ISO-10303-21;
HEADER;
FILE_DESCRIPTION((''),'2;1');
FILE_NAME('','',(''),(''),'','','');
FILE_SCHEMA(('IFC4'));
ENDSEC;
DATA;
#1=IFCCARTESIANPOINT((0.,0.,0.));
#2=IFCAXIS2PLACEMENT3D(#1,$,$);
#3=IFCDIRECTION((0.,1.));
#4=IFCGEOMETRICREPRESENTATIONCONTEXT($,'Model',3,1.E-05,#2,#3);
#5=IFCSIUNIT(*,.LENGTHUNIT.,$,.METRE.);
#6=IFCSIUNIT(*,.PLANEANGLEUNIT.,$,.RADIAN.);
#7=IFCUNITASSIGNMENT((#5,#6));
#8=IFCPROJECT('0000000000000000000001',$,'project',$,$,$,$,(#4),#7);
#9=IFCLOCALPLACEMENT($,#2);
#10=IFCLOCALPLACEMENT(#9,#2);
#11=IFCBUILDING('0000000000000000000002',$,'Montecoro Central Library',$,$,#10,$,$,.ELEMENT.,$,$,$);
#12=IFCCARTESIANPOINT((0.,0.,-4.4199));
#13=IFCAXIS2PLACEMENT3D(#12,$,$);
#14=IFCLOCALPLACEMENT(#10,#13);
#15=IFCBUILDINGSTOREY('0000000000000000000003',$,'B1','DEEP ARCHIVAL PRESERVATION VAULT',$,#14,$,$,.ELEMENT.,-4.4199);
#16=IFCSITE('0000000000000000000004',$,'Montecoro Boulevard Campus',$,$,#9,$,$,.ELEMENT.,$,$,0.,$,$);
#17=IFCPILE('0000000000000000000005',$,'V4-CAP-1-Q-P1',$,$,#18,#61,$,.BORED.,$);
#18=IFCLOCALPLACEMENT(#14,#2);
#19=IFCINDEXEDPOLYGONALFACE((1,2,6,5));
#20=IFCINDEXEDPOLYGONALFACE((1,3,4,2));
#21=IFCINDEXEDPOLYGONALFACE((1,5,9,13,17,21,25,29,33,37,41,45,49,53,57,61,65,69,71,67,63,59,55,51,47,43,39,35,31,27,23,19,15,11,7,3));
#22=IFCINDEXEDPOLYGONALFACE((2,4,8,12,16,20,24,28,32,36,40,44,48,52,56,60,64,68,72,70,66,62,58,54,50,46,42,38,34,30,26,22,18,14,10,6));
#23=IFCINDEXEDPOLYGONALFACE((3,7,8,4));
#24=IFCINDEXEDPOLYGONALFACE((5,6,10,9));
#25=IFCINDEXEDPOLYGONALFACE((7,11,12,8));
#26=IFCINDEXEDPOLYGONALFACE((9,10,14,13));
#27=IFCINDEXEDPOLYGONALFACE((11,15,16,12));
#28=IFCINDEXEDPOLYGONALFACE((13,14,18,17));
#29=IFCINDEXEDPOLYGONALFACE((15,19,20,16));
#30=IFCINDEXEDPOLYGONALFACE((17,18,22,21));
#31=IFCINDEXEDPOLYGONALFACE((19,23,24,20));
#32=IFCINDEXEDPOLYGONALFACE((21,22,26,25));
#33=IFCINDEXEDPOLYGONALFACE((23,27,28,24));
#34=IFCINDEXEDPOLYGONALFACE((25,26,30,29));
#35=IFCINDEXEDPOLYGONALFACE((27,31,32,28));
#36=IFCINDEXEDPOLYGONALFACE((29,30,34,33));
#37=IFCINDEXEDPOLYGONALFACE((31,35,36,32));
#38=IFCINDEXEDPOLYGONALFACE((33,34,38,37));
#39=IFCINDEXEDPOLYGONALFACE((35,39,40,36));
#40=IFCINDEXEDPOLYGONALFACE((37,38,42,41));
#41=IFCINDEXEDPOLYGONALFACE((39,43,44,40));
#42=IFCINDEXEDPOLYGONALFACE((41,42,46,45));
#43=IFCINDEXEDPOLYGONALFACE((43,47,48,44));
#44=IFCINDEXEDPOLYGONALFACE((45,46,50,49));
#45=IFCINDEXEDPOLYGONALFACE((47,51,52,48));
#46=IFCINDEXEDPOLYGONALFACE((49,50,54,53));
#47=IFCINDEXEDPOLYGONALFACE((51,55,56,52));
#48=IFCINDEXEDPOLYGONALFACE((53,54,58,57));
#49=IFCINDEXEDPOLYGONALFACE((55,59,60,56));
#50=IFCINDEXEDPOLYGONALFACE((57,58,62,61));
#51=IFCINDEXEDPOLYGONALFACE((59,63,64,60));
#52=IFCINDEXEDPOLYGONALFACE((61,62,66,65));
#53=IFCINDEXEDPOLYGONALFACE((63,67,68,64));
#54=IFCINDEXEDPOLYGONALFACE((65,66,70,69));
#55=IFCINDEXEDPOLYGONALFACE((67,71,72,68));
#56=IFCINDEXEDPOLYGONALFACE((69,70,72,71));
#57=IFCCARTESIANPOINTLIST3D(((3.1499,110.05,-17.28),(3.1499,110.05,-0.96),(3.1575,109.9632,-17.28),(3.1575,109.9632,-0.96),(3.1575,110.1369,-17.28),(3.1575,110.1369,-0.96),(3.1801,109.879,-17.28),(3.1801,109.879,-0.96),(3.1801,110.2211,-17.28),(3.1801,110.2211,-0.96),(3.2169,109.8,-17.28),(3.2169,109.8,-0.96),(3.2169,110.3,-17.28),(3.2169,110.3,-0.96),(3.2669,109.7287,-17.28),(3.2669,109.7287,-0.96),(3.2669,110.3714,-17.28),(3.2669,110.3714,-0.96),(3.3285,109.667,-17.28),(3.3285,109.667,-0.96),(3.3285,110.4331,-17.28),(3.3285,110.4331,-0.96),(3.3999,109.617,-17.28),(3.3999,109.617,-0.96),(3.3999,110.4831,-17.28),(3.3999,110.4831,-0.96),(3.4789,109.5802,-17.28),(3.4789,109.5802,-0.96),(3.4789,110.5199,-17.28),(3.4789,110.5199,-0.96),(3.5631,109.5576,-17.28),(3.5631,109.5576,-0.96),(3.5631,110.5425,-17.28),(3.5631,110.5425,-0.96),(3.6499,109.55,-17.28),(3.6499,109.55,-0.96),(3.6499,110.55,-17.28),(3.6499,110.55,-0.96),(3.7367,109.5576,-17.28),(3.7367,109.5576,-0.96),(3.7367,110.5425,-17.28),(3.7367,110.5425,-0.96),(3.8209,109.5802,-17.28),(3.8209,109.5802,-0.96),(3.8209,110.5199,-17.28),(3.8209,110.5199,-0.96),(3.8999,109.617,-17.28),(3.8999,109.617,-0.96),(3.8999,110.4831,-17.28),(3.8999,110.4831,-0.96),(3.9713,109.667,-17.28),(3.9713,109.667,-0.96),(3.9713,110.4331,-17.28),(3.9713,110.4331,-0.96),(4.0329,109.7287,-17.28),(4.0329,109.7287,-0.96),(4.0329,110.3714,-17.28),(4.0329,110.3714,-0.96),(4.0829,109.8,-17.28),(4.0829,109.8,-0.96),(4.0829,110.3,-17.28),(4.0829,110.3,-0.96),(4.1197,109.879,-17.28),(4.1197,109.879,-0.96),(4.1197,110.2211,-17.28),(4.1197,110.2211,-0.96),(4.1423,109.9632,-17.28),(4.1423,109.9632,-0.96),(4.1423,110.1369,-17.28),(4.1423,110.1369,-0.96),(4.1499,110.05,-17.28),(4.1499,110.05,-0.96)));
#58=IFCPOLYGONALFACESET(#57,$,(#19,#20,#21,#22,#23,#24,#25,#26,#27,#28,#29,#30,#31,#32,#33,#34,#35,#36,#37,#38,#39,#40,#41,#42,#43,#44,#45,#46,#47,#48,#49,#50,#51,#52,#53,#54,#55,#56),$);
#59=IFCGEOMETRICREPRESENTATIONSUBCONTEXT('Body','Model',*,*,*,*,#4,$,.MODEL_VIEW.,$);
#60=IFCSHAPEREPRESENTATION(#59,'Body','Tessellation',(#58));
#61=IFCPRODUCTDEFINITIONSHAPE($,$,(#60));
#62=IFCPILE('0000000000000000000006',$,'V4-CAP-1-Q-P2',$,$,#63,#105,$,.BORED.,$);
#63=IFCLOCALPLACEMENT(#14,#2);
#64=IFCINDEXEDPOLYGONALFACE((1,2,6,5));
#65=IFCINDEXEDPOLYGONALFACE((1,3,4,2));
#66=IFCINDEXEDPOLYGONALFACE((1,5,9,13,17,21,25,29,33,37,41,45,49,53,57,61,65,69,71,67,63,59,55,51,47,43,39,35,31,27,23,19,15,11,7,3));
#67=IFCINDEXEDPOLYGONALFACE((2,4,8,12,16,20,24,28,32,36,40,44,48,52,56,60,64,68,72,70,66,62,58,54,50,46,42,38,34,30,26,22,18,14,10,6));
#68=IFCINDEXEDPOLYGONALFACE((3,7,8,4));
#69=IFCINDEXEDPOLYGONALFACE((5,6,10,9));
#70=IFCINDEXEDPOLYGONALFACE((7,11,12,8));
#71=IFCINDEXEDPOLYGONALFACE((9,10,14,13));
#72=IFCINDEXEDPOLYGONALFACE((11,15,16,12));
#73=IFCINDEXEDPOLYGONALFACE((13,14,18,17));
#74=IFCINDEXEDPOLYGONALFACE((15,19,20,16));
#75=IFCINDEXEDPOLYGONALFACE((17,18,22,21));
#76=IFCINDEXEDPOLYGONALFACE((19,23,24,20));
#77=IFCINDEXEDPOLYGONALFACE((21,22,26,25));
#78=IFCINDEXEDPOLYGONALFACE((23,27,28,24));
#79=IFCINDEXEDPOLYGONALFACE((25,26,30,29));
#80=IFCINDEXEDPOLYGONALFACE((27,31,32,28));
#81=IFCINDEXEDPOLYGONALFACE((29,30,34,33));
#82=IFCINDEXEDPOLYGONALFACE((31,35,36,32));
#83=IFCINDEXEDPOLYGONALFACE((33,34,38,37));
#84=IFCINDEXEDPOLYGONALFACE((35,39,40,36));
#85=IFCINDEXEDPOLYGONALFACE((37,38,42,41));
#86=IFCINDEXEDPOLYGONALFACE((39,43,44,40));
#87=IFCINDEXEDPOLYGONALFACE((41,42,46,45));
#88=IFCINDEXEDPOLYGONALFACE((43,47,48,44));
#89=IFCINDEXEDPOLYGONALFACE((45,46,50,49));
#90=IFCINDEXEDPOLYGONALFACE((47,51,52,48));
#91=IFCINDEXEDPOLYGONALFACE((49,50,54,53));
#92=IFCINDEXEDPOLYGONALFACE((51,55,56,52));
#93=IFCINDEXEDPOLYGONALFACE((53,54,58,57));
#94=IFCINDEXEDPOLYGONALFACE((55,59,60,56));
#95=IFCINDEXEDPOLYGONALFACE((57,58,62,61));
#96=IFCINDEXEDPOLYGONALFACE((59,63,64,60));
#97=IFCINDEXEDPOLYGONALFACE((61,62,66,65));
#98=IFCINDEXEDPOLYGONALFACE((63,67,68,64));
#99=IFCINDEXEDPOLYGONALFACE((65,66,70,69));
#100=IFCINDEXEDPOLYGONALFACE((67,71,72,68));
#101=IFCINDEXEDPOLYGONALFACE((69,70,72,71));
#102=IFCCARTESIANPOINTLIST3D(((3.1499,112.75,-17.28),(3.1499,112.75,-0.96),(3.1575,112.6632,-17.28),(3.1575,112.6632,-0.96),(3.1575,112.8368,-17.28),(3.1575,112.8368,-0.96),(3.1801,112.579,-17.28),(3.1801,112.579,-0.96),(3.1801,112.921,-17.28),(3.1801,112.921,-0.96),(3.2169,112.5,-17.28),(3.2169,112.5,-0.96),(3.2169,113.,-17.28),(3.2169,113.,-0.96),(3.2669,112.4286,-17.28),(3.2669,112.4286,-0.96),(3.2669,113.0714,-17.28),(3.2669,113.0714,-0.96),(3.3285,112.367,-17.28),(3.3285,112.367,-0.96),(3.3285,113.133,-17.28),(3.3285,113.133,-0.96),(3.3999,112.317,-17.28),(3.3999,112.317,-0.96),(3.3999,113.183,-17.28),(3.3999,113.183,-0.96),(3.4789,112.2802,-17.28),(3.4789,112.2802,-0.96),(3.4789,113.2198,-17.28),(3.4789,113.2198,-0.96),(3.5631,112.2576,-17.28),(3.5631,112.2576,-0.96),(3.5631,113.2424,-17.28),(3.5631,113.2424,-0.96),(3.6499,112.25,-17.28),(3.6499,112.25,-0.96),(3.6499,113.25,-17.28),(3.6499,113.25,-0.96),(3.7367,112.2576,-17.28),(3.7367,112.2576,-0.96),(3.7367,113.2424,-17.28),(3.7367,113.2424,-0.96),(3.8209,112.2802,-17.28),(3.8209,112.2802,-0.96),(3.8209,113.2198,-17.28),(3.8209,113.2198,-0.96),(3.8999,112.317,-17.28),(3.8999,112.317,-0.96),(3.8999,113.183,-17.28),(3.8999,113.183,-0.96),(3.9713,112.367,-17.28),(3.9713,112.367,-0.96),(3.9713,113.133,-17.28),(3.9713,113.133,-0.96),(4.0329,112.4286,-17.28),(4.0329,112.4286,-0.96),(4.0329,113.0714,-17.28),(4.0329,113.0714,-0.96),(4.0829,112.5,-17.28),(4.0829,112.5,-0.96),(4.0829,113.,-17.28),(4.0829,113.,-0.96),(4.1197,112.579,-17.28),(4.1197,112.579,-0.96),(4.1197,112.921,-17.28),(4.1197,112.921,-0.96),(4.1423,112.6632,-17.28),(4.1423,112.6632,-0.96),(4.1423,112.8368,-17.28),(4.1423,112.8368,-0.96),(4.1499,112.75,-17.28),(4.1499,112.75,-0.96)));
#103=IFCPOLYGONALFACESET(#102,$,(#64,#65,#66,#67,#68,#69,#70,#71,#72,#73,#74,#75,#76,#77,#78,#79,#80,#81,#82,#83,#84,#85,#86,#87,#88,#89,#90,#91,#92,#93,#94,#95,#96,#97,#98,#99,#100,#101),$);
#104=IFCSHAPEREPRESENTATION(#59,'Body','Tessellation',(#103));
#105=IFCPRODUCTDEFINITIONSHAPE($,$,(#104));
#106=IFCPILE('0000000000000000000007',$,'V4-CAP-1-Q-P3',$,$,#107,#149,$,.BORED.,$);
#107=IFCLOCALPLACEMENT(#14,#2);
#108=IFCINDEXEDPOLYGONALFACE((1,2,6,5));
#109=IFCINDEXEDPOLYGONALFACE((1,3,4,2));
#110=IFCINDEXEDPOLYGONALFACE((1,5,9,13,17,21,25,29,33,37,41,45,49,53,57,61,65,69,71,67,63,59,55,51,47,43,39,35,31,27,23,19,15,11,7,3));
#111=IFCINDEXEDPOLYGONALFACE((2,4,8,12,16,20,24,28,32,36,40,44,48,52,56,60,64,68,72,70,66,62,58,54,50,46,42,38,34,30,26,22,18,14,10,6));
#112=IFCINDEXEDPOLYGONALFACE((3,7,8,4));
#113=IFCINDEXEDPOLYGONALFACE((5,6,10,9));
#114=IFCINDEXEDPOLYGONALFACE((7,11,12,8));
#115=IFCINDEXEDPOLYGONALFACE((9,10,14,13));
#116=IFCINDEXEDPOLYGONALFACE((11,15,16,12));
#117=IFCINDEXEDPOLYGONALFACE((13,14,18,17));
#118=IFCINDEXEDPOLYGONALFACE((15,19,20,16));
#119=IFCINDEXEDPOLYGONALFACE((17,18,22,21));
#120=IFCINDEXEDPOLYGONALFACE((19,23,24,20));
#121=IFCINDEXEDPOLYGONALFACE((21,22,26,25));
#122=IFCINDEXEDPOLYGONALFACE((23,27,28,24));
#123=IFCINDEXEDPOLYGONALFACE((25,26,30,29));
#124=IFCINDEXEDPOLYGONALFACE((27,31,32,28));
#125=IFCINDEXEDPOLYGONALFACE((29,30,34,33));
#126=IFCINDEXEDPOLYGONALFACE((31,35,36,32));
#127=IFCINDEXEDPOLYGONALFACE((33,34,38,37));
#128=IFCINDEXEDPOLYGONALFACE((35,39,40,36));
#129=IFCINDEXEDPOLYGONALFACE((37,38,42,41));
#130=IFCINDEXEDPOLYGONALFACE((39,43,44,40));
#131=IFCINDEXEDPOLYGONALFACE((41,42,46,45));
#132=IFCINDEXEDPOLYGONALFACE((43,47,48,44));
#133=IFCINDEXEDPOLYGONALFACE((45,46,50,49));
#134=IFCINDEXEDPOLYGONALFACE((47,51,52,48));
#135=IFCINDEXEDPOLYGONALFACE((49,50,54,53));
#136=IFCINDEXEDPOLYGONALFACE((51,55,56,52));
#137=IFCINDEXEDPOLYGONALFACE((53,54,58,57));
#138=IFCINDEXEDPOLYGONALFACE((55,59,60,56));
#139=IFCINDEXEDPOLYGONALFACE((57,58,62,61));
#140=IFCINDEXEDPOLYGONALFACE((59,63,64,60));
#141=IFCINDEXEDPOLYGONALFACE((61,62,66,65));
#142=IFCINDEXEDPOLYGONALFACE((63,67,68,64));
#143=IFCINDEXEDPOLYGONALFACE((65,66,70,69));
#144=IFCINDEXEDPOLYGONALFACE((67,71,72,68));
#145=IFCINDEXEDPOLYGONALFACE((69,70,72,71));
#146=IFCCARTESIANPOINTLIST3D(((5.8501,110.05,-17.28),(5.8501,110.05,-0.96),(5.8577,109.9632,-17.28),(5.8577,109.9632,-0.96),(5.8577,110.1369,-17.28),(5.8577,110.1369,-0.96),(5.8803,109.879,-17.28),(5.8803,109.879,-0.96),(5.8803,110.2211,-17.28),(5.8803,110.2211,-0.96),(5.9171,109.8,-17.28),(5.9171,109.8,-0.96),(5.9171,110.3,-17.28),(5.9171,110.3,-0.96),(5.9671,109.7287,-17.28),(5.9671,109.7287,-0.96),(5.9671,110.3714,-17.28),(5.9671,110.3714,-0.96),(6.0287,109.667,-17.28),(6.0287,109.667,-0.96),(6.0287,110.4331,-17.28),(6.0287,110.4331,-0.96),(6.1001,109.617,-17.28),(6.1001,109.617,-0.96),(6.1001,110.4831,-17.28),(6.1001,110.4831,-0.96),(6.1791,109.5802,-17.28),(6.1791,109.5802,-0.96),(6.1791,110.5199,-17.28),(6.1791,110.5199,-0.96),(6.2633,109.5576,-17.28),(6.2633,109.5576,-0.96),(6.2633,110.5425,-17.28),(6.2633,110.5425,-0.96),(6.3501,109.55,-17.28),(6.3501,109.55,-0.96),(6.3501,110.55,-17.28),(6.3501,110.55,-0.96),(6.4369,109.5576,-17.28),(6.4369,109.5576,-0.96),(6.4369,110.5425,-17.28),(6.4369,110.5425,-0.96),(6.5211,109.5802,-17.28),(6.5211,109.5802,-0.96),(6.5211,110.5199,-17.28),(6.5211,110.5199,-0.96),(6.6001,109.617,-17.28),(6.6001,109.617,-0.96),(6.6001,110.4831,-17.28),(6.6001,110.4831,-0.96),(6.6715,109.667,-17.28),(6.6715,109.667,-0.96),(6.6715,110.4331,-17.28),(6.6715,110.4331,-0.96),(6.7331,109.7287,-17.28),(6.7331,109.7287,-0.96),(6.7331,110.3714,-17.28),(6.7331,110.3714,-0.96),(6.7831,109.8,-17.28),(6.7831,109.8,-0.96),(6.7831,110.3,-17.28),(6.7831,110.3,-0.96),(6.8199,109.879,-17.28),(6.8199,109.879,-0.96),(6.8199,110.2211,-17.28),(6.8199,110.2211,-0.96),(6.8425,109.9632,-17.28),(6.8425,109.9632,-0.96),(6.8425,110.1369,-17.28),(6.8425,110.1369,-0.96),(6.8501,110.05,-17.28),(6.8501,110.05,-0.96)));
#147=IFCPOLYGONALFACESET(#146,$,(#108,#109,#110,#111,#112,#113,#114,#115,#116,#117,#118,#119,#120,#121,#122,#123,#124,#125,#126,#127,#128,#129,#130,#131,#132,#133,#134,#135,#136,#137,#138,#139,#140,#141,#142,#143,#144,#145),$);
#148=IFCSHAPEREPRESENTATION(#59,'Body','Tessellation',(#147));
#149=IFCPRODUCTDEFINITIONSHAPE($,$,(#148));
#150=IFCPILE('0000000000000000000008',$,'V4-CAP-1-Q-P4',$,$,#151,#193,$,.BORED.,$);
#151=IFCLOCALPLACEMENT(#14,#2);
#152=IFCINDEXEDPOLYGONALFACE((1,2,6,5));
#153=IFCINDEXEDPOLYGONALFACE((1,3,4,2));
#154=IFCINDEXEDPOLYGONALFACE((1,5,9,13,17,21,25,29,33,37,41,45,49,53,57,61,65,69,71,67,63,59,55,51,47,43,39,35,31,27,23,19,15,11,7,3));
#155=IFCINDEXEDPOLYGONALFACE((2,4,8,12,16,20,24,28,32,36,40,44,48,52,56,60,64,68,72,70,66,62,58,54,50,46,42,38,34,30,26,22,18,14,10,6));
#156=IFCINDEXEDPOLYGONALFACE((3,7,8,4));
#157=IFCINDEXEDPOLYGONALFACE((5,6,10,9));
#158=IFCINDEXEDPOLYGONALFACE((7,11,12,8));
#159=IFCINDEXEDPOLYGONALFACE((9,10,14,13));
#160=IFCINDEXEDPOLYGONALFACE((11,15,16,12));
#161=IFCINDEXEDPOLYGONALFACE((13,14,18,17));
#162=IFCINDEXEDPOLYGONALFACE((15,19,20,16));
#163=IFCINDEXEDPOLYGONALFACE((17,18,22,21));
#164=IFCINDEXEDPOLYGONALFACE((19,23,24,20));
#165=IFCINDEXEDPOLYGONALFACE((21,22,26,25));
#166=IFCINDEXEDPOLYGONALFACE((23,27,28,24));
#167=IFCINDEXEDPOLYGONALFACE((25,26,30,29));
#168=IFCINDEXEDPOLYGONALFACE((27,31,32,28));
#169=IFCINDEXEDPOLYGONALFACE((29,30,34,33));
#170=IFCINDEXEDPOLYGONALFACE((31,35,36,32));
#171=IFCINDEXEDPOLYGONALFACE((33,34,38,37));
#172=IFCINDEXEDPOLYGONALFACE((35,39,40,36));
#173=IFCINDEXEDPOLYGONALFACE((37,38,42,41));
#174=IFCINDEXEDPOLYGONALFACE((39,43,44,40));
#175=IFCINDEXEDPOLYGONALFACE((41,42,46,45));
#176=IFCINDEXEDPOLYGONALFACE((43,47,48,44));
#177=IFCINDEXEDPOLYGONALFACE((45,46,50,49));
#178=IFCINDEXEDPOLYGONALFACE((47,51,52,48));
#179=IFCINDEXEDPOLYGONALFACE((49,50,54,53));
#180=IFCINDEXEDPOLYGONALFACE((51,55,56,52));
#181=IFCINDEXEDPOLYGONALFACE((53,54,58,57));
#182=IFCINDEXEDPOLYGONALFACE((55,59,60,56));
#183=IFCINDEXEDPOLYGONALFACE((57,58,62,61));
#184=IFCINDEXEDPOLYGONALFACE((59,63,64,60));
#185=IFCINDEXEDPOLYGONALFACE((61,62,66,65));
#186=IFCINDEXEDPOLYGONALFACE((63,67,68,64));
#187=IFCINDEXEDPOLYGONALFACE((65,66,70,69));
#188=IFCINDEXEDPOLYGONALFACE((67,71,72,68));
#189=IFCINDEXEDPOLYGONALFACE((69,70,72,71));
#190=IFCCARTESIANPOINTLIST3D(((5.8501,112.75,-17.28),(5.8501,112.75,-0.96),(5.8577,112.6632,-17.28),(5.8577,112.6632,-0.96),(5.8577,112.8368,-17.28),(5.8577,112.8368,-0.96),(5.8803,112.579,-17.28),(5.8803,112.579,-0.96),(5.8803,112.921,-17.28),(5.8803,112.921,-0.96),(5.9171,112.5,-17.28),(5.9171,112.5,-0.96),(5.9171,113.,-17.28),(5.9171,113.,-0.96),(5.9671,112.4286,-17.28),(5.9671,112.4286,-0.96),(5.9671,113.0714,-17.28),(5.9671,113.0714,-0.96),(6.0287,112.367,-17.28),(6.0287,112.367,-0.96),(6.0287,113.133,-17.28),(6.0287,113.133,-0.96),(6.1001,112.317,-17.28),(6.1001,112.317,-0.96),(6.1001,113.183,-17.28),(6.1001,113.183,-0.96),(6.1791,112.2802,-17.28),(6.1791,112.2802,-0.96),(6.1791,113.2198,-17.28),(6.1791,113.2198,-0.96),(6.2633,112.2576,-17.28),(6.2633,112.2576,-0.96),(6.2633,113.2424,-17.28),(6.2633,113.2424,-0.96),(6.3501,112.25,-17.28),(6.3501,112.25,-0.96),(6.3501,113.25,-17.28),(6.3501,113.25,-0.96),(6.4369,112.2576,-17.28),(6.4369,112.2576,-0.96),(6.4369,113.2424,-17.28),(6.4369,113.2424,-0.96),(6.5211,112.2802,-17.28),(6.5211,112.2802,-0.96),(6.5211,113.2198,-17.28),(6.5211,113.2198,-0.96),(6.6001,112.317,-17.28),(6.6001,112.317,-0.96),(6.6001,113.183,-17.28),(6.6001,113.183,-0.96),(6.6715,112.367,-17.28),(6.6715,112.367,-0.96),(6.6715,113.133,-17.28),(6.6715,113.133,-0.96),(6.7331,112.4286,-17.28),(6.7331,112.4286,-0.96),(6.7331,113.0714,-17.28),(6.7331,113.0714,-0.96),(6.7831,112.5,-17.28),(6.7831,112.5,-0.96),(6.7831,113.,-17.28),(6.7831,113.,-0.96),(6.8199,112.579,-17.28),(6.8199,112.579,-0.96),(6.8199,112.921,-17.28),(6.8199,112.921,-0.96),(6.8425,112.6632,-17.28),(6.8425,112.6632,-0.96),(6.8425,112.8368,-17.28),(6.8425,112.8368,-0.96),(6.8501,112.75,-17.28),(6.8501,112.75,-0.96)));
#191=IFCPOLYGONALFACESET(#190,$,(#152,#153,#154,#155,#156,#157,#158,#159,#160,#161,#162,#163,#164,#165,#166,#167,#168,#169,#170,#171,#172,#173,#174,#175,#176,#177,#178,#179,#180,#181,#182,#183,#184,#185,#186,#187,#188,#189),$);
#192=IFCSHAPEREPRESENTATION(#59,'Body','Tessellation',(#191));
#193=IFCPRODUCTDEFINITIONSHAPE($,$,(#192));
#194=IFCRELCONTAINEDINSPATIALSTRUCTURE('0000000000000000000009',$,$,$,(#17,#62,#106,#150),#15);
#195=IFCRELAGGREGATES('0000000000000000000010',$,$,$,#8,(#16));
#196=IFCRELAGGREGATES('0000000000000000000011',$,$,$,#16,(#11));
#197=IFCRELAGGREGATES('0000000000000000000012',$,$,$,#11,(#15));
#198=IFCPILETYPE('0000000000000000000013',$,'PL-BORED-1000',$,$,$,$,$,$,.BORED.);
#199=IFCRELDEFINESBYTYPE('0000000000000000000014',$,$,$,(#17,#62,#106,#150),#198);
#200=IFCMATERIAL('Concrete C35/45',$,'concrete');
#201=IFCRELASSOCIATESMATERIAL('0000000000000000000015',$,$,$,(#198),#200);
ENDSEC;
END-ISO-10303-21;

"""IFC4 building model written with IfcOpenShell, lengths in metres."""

from ifc_helpers import new_model, si_unit, direction, frame, origin, origin_2d, place, context, subcontext, project, spatial, circle, extrude, material, material_profile, profile_set, type_object, element, save


model = new_model("IFC4")

# Units and contexts
model_context = context("Model", 3, precision=1e-05, world=origin(), true_north=direction((0.0, 1.0)))
body_context = subcontext(model_context, "Body", "Model", "MODEL_VIEW")
ifc_project = project(units=[si_unit("LENGTHUNIT", "METRE"), si_unit("PLANEANGLEUNIT", "RADIAN")], contexts=[model_context])

# Site, building, storey
site_placement = place(None, origin())
site = spatial("IfcSite", under=ifc_project, at=site_placement, Name="Montecoro Boulevard Campus", CompositionType="ELEMENT", RefElevation=0.0)
building_placement = place(site_placement, origin())
building = spatial("IfcBuilding", under=site, at=building_placement, Name="Montecoro Central Library", CompositionType="ELEMENT")
storey_placement = place(building_placement, frame((0.0, 0.0, -4.4199)))
storey = spatial("IfcBuildingStorey", under=building, at=storey_placement, Name="B1", Description="DEEP ARCHIVAL PRESERVATION VAULT", CompositionType="ELEMENT", Elevation=-4.4199)

# Shared definitions
ifc_material_1 = material(Name="Concrete C35/45", Category="concrete")

# Piles
ifc_material_profile_1 = material_profile(ifc_material_1, circle(Radius=0.5, at=origin_2d()), Name="PILE D1000")
ifc_profile_set_1 = profile_set([ifc_material_profile_1], Name="Concrete C35/45")
pile_type_1 = type_object("IfcPileType", Name="PL-BORED-1000", PredefinedType="BORED", material=ifc_profile_set_1)
for number, where, z_axis, x_axis, name in (
    (1, (3.6499, 110.05, -0.96), (0.0, 0.0, -1.0), (1.0, 0.0, 0.0), "V4-CAP-1-Q-P1"),
    (2, (3.6499, 112.75, -0.96), (0.0, 0.0, -1.0), (1.0, 0.0, 0.0), "V4-CAP-1-Q-P2"),
    (3, (6.3501, 110.05, -0.96), (0.0, 0.0, -1.0), (1.0, 0.0, 0.0), "V4-CAP-1-Q-P3"),
    (4, (6.3501, 112.75, -0.96), (0.0, 0.0, -1.0), (1.0, 0.0, 0.0), "V4-CAP-1-Q-P4"),
):
    element("IfcPile", number, at=place(storey_placement, frame(where, z_axis=z_axis, x_axis=x_axis)), inside=storey, type_object=pile_type_1, Name=name, PredefinedType="BORED", context=body_context, shape_type="SweptSolid", body=[
        extrude(circle(Radius=0.5, at=origin_2d()), origin(), (0.0, 0.0, 1.0), 16.3201),
    ])

save(model, "model.ifc")
